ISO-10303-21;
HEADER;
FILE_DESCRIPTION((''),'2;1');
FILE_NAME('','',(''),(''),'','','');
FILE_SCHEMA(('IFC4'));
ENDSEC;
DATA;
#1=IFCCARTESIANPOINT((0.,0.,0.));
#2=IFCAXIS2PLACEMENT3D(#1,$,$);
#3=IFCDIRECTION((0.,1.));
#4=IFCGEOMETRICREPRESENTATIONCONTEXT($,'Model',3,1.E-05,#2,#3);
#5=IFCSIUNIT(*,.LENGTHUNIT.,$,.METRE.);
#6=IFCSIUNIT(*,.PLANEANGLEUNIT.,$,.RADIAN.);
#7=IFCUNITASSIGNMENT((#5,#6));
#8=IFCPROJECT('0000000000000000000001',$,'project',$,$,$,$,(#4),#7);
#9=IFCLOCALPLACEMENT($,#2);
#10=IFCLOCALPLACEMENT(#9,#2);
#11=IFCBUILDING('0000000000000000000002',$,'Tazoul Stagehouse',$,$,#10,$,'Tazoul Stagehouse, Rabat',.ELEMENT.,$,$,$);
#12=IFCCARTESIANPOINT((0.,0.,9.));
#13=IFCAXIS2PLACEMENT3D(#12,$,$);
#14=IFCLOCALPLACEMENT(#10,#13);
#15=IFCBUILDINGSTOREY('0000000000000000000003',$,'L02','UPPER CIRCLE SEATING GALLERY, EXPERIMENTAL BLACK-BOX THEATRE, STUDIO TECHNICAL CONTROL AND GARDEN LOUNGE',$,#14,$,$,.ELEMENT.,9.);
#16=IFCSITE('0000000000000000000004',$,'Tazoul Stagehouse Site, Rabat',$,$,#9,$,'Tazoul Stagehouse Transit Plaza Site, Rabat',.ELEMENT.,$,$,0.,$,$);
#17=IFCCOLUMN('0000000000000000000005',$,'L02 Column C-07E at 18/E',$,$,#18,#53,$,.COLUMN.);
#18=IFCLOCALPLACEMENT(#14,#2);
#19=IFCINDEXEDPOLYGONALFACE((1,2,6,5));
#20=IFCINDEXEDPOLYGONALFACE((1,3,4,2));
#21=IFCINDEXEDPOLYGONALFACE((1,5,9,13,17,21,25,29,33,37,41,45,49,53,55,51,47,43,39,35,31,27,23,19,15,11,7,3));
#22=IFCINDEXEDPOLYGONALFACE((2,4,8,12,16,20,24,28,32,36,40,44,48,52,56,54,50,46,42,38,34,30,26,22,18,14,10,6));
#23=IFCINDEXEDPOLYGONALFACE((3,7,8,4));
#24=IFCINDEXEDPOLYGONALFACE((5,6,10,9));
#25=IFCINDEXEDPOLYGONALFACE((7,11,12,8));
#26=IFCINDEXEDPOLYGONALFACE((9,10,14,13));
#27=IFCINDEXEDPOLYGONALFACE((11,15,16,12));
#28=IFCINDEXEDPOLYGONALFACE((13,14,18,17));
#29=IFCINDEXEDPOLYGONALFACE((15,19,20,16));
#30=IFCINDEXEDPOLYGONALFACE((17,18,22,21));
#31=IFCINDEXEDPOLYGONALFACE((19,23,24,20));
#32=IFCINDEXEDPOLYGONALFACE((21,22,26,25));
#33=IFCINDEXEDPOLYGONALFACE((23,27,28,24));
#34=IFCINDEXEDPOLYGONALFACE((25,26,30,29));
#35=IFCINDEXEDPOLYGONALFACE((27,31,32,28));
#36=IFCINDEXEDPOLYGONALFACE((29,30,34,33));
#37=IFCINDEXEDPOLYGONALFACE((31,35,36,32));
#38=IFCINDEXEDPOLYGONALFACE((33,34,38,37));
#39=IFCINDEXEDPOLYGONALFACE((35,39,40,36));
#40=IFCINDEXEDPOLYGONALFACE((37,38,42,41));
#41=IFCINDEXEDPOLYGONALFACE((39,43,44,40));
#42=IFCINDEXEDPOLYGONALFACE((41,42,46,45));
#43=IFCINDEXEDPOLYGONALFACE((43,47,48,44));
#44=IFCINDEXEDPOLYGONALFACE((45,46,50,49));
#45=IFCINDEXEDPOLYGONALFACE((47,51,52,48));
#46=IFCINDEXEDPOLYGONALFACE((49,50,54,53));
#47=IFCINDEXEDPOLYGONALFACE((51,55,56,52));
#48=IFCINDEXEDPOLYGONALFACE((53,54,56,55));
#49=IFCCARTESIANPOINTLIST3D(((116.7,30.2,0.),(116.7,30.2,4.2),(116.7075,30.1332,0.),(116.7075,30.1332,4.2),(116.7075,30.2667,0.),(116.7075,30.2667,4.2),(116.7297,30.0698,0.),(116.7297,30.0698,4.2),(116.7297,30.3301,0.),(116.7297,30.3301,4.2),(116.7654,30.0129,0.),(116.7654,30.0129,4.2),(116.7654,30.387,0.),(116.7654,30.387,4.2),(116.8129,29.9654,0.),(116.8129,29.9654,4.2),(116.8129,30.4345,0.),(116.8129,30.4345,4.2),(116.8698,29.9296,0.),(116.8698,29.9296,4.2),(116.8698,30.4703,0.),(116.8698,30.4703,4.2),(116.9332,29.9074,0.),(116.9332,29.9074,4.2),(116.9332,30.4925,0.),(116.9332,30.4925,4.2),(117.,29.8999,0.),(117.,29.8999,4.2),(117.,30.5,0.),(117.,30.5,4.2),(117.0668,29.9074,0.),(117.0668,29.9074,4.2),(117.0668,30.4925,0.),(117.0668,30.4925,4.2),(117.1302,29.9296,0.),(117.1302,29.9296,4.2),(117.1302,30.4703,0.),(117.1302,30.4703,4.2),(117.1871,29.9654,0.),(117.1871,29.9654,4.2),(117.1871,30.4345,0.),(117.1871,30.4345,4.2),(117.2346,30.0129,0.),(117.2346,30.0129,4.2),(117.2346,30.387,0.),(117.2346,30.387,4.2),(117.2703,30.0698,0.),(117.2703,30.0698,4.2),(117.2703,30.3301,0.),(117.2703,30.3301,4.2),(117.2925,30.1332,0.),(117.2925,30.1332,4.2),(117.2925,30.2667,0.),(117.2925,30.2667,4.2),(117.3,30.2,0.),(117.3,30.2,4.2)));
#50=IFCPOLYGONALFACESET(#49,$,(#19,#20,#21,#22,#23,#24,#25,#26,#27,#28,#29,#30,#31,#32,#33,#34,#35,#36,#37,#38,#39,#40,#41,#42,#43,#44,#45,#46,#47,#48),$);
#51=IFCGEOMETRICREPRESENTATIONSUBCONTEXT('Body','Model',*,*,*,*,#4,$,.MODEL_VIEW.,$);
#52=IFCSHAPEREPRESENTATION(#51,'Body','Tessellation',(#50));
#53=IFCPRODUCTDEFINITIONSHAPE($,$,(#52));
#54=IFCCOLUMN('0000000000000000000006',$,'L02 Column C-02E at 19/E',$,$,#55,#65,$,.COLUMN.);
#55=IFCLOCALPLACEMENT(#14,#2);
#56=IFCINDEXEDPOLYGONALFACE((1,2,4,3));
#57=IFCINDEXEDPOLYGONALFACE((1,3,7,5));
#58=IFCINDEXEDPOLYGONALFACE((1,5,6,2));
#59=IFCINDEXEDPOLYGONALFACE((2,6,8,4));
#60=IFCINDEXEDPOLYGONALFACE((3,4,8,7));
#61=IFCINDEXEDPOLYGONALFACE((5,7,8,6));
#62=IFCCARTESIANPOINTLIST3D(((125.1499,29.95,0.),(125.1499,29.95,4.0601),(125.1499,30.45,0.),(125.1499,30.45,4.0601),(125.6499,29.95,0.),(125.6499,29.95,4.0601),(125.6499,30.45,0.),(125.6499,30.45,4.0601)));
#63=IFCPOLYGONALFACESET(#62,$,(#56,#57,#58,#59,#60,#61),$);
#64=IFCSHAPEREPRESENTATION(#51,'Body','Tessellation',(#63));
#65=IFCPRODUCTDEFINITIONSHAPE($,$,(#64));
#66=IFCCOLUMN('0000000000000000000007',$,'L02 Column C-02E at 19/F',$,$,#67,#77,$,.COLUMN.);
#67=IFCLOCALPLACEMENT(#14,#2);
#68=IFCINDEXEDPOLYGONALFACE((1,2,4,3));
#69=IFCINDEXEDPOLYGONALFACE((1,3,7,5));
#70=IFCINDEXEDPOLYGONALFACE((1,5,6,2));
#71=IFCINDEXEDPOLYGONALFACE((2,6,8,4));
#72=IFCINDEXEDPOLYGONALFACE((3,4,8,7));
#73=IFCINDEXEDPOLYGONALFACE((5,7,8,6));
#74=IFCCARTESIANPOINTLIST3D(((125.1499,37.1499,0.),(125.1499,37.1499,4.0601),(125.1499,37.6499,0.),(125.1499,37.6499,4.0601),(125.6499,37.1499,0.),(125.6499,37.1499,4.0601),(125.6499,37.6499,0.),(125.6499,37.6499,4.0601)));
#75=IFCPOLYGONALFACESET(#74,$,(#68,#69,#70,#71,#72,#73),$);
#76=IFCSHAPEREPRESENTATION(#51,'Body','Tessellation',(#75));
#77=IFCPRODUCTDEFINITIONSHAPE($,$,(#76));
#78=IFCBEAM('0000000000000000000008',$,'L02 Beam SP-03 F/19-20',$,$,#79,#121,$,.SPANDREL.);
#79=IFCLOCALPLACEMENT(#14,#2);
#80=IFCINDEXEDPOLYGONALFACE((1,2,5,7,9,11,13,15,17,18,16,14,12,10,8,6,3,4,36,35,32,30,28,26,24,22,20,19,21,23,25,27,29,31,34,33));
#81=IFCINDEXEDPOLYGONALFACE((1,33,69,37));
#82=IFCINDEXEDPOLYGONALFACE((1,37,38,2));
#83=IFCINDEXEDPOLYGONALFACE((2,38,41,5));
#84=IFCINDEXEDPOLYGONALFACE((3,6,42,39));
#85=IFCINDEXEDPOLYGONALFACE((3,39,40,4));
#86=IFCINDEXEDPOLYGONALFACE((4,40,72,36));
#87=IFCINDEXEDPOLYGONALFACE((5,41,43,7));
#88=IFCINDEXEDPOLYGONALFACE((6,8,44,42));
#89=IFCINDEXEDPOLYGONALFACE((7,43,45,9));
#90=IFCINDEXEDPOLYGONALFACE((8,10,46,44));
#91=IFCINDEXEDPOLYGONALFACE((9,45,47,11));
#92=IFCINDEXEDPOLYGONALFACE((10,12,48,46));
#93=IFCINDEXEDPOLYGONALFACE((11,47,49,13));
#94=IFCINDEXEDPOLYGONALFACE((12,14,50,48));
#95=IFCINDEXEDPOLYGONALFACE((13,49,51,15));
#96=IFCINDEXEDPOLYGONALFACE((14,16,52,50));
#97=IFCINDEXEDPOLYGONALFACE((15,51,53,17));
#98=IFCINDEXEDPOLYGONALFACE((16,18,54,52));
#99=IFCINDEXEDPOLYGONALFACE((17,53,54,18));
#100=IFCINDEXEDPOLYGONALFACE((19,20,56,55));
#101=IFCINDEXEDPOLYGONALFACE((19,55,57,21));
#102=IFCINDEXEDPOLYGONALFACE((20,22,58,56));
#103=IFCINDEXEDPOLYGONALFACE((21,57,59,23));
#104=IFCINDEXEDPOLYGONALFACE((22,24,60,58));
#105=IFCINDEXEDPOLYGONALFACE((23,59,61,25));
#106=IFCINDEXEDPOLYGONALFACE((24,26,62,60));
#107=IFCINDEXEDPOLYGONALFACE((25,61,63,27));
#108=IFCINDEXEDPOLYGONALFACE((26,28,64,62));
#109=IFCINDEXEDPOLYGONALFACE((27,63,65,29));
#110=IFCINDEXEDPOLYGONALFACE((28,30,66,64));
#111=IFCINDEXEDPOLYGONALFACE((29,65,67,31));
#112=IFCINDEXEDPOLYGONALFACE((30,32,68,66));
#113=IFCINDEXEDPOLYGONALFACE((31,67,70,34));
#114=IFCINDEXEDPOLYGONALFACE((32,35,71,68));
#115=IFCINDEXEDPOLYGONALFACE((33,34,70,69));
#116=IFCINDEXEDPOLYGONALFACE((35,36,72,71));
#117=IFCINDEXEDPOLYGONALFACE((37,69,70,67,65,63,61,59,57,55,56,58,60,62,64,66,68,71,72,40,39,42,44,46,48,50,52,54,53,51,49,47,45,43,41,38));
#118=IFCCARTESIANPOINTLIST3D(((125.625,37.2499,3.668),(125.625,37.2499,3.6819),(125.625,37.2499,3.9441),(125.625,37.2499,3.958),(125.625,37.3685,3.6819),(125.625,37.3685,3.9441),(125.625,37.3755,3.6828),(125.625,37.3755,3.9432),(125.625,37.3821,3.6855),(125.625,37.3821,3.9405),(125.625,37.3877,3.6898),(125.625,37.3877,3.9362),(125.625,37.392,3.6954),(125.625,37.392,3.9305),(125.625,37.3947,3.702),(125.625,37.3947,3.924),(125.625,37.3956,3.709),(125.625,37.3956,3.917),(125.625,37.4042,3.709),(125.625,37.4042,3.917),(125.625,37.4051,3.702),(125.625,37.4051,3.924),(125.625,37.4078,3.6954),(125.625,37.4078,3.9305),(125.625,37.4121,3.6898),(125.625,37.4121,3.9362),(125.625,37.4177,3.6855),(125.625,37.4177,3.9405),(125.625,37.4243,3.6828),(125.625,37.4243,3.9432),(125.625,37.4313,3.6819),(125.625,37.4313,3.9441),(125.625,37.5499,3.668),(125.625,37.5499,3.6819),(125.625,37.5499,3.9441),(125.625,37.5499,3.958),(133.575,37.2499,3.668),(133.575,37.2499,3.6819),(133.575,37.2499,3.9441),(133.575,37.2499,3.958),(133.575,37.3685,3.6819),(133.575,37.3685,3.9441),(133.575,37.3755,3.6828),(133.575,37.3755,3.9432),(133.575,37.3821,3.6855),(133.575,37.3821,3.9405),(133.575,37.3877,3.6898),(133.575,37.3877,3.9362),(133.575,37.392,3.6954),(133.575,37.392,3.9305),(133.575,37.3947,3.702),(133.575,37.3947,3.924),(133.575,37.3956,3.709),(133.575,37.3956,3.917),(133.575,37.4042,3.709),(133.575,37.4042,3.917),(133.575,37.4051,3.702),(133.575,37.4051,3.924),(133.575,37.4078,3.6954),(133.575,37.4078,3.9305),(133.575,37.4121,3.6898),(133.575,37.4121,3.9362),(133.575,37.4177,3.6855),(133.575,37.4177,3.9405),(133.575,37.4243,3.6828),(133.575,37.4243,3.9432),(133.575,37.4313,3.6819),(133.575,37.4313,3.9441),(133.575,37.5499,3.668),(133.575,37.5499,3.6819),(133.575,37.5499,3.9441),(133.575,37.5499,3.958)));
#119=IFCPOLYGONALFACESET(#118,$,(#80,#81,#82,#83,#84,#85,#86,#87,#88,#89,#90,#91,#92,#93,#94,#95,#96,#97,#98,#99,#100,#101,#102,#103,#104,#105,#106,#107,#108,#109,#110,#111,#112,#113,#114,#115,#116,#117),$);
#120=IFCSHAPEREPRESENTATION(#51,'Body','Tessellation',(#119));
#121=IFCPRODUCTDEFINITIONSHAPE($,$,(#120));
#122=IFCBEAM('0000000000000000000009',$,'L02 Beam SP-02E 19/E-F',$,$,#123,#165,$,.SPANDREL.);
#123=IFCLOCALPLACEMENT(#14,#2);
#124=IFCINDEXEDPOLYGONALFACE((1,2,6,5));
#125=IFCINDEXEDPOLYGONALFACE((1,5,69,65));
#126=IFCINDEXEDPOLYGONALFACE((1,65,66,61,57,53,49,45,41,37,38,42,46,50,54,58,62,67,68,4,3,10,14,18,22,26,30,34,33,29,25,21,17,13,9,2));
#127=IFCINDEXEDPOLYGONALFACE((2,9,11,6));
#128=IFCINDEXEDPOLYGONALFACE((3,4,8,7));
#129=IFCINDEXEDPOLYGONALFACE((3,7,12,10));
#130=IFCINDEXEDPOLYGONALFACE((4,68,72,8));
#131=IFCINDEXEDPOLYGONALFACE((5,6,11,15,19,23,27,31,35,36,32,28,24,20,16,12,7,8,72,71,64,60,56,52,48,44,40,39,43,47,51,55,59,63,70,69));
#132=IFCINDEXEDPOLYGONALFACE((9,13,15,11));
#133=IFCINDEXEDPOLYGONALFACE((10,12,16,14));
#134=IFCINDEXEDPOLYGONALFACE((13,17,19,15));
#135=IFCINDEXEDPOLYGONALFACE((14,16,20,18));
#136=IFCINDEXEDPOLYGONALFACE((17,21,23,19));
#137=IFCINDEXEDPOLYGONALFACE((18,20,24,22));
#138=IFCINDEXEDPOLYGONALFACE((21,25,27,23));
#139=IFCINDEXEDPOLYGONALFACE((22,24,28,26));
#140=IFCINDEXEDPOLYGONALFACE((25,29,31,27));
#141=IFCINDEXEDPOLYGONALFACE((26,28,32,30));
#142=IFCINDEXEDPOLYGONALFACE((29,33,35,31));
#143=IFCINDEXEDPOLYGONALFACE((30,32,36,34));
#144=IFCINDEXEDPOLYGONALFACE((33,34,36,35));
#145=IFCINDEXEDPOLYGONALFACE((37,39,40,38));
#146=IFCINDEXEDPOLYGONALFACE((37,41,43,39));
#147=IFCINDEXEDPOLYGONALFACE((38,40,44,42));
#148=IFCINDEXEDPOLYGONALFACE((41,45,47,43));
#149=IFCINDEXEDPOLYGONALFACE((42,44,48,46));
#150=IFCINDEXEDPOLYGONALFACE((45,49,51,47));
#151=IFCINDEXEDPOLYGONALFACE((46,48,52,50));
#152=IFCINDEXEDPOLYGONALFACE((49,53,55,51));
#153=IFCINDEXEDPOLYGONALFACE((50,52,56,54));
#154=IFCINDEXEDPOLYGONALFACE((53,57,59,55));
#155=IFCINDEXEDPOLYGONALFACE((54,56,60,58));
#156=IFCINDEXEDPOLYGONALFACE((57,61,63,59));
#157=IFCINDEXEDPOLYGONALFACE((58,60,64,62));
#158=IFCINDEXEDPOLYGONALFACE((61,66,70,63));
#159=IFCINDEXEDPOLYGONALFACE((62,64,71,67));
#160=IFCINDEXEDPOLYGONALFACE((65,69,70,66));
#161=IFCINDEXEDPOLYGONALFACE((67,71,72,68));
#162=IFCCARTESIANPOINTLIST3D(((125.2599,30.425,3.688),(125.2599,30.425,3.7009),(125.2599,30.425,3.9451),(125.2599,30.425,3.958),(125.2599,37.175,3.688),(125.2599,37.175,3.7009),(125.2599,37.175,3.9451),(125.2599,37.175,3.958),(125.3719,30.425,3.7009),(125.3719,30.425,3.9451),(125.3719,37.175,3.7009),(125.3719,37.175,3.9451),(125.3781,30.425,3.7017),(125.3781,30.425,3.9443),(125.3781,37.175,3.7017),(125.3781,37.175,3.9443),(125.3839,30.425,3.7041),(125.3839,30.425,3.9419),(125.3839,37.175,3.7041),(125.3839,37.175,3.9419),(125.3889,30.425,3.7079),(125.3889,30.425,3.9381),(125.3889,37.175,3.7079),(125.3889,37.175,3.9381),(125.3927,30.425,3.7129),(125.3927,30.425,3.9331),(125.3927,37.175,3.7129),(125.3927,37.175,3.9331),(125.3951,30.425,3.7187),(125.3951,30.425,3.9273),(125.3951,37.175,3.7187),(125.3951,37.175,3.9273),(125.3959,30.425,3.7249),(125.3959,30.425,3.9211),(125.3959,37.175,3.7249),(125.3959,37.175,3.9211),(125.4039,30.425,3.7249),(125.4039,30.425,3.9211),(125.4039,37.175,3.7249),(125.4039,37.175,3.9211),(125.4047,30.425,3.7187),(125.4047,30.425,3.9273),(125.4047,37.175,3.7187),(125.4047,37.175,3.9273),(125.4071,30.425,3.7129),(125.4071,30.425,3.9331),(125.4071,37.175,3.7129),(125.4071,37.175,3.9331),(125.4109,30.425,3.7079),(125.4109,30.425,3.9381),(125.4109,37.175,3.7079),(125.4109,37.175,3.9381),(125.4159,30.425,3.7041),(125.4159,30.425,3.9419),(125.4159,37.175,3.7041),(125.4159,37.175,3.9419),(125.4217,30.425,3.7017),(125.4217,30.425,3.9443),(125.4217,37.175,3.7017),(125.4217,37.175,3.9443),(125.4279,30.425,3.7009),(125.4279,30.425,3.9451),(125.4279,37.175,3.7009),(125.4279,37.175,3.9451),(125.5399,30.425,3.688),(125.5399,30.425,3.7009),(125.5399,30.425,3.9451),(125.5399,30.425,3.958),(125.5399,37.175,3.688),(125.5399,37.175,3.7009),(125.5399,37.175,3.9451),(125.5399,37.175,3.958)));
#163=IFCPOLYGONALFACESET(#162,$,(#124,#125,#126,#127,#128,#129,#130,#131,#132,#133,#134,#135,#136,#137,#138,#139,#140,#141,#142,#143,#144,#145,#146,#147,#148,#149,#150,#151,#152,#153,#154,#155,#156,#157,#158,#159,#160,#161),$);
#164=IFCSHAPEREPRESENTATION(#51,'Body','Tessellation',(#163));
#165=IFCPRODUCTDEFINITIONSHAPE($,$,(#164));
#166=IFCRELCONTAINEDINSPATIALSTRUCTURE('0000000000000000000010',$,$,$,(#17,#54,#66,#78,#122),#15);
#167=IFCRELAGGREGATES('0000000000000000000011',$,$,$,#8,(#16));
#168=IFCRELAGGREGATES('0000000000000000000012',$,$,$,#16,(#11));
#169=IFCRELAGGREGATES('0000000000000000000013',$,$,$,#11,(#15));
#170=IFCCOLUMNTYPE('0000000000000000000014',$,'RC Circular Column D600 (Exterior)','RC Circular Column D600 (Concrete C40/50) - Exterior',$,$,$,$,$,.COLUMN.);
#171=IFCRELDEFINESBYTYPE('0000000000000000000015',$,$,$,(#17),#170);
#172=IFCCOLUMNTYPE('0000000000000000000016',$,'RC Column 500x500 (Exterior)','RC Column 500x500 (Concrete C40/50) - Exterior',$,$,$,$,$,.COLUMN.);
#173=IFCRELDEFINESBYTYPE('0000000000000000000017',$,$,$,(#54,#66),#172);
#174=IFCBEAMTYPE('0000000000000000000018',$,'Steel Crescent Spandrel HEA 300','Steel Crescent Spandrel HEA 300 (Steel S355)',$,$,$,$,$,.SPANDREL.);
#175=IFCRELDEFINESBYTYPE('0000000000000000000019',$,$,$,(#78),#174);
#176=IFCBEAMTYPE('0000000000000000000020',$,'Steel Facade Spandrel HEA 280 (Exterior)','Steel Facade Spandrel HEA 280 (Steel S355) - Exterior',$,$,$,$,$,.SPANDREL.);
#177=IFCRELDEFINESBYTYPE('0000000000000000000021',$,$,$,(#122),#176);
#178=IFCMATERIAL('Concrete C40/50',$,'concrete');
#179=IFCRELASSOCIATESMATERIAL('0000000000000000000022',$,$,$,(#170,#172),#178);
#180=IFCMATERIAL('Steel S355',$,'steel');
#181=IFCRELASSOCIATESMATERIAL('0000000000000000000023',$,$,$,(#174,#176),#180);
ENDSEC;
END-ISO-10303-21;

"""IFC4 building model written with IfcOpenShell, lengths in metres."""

from ifc_helpers import new_model, si_unit, direction, frame, origin, origin_2d, place, context, subcontext, project, spatial, rectangle, circle, i_section, extrude, material, material_profile, profile_set, type_object, element, save


model = new_model("IFC4")

# Units and contexts
model_context = context("Model", 3, precision=1e-05, world=origin(), true_north=direction((0.0, 1.0)))
body_context = subcontext(model_context, "Body", "Model", "MODEL_VIEW")
ifc_project = project(units=[si_unit("LENGTHUNIT", "METRE"), si_unit("PLANEANGLEUNIT", "RADIAN")], contexts=[model_context])

# Site, building, storey
site_placement = place(None, origin())
site = spatial("IfcSite", under=ifc_project, at=site_placement, Name="Tazoul Stagehouse Site, Rabat", LongName="Tazoul Stagehouse Transit Plaza Site, Rabat", CompositionType="ELEMENT", RefElevation=0.0)
building_placement = place(site_placement, origin())
building = spatial("IfcBuilding", under=site, at=building_placement, Name="Tazoul Stagehouse", LongName="Tazoul Stagehouse, Rabat", CompositionType="ELEMENT")
storey_placement = place(building_placement, frame((0.0, 0.0, 9.0)))
storey = spatial("IfcBuildingStorey", under=building, at=storey_placement, Name="L02", Description="UPPER CIRCLE SEATING GALLERY, EXPERIMENTAL BLACK-BOX THEATRE, STUDIO TECHNICAL CONTROL AND GARDEN LOUNGE", CompositionType="ELEMENT", Elevation=9.0)

# Columns
ifc_material_1 = material(Name="Concrete C40/50", Category="concrete")
ifc_material_profile_1 = material_profile(ifc_material_1, circle(Radius=0.3, at=origin_2d()), Name="RC D600")
ifc_profile_set_1 = profile_set([ifc_material_profile_1], Name="Concrete C40/50")
column_type_1 = type_object("IfcColumnType", Name="RC Circular Column D600 (Exterior)", Description="RC Circular Column D600 (Concrete C40/50) - Exterior", PredefinedType="COLUMN", material=ifc_profile_set_1)
column_placement = place(storey_placement, frame((117.0, 30.2, 0.0), z_axis=(0.0, 0.0, 1.0), x_axis=(1.0, 0.0, 0.0)))
element("IfcColumn", 1, at=column_placement, inside=storey, type_object=column_type_1, Name="L02 Column C-07E at 18/E", PredefinedType="COLUMN", context=body_context, shape_type="SweptSolid", body=[
    extrude(circle(Radius=0.3, at=origin_2d()), origin(), (0.0, 0.0, 1.0), 4.2),
])
ifc_material_profile_2 = material_profile(ifc_material_1, rectangle(XDim=0.5, YDim=0.5, at=origin_2d()), Name="RC 500x500")
ifc_profile_set_2 = profile_set([ifc_material_profile_2], Name="Concrete C40/50")
column_type_2 = type_object("IfcColumnType", Name="RC Column 500x500 (Exterior)", Description="RC Column 500x500 (Concrete C40/50) - Exterior", PredefinedType="COLUMN", material=ifc_profile_set_2)
for number, where, z_axis, x_axis, name in (
    (2, (125.3999, 30.2, 0.0), (0.0, 0.0, 1.0), (1.0, 0.0, 0.0), "L02 Column C-02E at 19/E"),
    (3, (125.3999, 37.3999, 0.0), (0.0, 0.0, 1.0), (1.0, 0.0, 0.0), "L02 Column C-02E at 19/F"),
):
    element("IfcColumn", number, at=place(storey_placement, frame(where, z_axis=z_axis, x_axis=x_axis)), inside=storey, type_object=column_type_2, Name=name, PredefinedType="COLUMN", context=body_context, shape_type="SweptSolid", body=[
        extrude(rectangle(XDim=0.5, YDim=0.5, at=origin_2d()), origin(), (0.0, 0.0, 1.0), 4.0601),
    ])

# Beams
ifc_material_2 = material(Name="Steel S355", Category="steel")
ifc_material_profile_3 = material_profile(ifc_material_2, i_section(OverallWidth=0.3, OverallDepth=0.29, WebThickness=0.0085, FlangeThickness=0.0139, FilletRadius=0.0271, at=origin_2d()), Name="HEA 300")
ifc_profile_set_3 = profile_set([ifc_material_profile_3], Name="Steel S355")
beam_type_1 = type_object("IfcBeamType", Name="Steel Crescent Spandrel HEA 300", Description="Steel Crescent Spandrel HEA 300 (Steel S355)", PredefinedType="SPANDREL", material=ifc_profile_set_3)
beam_1_placement = place(storey_placement, frame((125.625, 37.3999, 3.813), z_axis=(1.0, 0.0, 0.0), x_axis=(0.0, 1.0, 0.0)))
element("IfcBeam", 4, at=beam_1_placement, inside=storey, type_object=beam_type_1, Name="L02 Beam SP-03 F/19-20", PredefinedType="SPANDREL", context=body_context, shape_type="SweptSolid", body=[
    extrude(i_section(OverallWidth=0.3, OverallDepth=0.29, WebThickness=0.0085, FlangeThickness=0.0139, FilletRadius=0.0271, at=origin_2d()), origin(), (0.0, 0.0, 1.0), 7.95),
])
ifc_material_profile_4 = material_profile(ifc_material_2, i_section(OverallWidth=0.28, OverallDepth=0.27, WebThickness=0.0081, FlangeThickness=0.0129, FilletRadius=0.0239, at=origin_2d()), Name="HEA 280")
ifc_profile_set_4 = profile_set([ifc_material_profile_4], Name="Steel S355")
beam_type_2 = type_object("IfcBeamType", Name="Steel Facade Spandrel HEA 280 (Exterior)", Description="Steel Facade Spandrel HEA 280 (Steel S355) - Exterior", PredefinedType="SPANDREL", material=ifc_profile_set_4)
beam_2_placement = place(storey_placement, frame((125.3999, 30.425, 3.823), z_axis=(0.0, 1.0, 0.0), x_axis=(-1.0, 0.0, 0.0)))
element("IfcBeam", 5, at=beam_2_placement, inside=storey, type_object=beam_type_2, Name="L02 Beam SP-02E 19/E-F", PredefinedType="SPANDREL", context=body_context, shape_type="SweptSolid", body=[
    extrude(i_section(OverallWidth=0.28, OverallDepth=0.27, WebThickness=0.0081, FlangeThickness=0.0129, FilletRadius=0.0239, at=origin_2d()), origin(), (0.0, 0.0, 1.0), 6.75),
])

save(model, "model.ifc")
